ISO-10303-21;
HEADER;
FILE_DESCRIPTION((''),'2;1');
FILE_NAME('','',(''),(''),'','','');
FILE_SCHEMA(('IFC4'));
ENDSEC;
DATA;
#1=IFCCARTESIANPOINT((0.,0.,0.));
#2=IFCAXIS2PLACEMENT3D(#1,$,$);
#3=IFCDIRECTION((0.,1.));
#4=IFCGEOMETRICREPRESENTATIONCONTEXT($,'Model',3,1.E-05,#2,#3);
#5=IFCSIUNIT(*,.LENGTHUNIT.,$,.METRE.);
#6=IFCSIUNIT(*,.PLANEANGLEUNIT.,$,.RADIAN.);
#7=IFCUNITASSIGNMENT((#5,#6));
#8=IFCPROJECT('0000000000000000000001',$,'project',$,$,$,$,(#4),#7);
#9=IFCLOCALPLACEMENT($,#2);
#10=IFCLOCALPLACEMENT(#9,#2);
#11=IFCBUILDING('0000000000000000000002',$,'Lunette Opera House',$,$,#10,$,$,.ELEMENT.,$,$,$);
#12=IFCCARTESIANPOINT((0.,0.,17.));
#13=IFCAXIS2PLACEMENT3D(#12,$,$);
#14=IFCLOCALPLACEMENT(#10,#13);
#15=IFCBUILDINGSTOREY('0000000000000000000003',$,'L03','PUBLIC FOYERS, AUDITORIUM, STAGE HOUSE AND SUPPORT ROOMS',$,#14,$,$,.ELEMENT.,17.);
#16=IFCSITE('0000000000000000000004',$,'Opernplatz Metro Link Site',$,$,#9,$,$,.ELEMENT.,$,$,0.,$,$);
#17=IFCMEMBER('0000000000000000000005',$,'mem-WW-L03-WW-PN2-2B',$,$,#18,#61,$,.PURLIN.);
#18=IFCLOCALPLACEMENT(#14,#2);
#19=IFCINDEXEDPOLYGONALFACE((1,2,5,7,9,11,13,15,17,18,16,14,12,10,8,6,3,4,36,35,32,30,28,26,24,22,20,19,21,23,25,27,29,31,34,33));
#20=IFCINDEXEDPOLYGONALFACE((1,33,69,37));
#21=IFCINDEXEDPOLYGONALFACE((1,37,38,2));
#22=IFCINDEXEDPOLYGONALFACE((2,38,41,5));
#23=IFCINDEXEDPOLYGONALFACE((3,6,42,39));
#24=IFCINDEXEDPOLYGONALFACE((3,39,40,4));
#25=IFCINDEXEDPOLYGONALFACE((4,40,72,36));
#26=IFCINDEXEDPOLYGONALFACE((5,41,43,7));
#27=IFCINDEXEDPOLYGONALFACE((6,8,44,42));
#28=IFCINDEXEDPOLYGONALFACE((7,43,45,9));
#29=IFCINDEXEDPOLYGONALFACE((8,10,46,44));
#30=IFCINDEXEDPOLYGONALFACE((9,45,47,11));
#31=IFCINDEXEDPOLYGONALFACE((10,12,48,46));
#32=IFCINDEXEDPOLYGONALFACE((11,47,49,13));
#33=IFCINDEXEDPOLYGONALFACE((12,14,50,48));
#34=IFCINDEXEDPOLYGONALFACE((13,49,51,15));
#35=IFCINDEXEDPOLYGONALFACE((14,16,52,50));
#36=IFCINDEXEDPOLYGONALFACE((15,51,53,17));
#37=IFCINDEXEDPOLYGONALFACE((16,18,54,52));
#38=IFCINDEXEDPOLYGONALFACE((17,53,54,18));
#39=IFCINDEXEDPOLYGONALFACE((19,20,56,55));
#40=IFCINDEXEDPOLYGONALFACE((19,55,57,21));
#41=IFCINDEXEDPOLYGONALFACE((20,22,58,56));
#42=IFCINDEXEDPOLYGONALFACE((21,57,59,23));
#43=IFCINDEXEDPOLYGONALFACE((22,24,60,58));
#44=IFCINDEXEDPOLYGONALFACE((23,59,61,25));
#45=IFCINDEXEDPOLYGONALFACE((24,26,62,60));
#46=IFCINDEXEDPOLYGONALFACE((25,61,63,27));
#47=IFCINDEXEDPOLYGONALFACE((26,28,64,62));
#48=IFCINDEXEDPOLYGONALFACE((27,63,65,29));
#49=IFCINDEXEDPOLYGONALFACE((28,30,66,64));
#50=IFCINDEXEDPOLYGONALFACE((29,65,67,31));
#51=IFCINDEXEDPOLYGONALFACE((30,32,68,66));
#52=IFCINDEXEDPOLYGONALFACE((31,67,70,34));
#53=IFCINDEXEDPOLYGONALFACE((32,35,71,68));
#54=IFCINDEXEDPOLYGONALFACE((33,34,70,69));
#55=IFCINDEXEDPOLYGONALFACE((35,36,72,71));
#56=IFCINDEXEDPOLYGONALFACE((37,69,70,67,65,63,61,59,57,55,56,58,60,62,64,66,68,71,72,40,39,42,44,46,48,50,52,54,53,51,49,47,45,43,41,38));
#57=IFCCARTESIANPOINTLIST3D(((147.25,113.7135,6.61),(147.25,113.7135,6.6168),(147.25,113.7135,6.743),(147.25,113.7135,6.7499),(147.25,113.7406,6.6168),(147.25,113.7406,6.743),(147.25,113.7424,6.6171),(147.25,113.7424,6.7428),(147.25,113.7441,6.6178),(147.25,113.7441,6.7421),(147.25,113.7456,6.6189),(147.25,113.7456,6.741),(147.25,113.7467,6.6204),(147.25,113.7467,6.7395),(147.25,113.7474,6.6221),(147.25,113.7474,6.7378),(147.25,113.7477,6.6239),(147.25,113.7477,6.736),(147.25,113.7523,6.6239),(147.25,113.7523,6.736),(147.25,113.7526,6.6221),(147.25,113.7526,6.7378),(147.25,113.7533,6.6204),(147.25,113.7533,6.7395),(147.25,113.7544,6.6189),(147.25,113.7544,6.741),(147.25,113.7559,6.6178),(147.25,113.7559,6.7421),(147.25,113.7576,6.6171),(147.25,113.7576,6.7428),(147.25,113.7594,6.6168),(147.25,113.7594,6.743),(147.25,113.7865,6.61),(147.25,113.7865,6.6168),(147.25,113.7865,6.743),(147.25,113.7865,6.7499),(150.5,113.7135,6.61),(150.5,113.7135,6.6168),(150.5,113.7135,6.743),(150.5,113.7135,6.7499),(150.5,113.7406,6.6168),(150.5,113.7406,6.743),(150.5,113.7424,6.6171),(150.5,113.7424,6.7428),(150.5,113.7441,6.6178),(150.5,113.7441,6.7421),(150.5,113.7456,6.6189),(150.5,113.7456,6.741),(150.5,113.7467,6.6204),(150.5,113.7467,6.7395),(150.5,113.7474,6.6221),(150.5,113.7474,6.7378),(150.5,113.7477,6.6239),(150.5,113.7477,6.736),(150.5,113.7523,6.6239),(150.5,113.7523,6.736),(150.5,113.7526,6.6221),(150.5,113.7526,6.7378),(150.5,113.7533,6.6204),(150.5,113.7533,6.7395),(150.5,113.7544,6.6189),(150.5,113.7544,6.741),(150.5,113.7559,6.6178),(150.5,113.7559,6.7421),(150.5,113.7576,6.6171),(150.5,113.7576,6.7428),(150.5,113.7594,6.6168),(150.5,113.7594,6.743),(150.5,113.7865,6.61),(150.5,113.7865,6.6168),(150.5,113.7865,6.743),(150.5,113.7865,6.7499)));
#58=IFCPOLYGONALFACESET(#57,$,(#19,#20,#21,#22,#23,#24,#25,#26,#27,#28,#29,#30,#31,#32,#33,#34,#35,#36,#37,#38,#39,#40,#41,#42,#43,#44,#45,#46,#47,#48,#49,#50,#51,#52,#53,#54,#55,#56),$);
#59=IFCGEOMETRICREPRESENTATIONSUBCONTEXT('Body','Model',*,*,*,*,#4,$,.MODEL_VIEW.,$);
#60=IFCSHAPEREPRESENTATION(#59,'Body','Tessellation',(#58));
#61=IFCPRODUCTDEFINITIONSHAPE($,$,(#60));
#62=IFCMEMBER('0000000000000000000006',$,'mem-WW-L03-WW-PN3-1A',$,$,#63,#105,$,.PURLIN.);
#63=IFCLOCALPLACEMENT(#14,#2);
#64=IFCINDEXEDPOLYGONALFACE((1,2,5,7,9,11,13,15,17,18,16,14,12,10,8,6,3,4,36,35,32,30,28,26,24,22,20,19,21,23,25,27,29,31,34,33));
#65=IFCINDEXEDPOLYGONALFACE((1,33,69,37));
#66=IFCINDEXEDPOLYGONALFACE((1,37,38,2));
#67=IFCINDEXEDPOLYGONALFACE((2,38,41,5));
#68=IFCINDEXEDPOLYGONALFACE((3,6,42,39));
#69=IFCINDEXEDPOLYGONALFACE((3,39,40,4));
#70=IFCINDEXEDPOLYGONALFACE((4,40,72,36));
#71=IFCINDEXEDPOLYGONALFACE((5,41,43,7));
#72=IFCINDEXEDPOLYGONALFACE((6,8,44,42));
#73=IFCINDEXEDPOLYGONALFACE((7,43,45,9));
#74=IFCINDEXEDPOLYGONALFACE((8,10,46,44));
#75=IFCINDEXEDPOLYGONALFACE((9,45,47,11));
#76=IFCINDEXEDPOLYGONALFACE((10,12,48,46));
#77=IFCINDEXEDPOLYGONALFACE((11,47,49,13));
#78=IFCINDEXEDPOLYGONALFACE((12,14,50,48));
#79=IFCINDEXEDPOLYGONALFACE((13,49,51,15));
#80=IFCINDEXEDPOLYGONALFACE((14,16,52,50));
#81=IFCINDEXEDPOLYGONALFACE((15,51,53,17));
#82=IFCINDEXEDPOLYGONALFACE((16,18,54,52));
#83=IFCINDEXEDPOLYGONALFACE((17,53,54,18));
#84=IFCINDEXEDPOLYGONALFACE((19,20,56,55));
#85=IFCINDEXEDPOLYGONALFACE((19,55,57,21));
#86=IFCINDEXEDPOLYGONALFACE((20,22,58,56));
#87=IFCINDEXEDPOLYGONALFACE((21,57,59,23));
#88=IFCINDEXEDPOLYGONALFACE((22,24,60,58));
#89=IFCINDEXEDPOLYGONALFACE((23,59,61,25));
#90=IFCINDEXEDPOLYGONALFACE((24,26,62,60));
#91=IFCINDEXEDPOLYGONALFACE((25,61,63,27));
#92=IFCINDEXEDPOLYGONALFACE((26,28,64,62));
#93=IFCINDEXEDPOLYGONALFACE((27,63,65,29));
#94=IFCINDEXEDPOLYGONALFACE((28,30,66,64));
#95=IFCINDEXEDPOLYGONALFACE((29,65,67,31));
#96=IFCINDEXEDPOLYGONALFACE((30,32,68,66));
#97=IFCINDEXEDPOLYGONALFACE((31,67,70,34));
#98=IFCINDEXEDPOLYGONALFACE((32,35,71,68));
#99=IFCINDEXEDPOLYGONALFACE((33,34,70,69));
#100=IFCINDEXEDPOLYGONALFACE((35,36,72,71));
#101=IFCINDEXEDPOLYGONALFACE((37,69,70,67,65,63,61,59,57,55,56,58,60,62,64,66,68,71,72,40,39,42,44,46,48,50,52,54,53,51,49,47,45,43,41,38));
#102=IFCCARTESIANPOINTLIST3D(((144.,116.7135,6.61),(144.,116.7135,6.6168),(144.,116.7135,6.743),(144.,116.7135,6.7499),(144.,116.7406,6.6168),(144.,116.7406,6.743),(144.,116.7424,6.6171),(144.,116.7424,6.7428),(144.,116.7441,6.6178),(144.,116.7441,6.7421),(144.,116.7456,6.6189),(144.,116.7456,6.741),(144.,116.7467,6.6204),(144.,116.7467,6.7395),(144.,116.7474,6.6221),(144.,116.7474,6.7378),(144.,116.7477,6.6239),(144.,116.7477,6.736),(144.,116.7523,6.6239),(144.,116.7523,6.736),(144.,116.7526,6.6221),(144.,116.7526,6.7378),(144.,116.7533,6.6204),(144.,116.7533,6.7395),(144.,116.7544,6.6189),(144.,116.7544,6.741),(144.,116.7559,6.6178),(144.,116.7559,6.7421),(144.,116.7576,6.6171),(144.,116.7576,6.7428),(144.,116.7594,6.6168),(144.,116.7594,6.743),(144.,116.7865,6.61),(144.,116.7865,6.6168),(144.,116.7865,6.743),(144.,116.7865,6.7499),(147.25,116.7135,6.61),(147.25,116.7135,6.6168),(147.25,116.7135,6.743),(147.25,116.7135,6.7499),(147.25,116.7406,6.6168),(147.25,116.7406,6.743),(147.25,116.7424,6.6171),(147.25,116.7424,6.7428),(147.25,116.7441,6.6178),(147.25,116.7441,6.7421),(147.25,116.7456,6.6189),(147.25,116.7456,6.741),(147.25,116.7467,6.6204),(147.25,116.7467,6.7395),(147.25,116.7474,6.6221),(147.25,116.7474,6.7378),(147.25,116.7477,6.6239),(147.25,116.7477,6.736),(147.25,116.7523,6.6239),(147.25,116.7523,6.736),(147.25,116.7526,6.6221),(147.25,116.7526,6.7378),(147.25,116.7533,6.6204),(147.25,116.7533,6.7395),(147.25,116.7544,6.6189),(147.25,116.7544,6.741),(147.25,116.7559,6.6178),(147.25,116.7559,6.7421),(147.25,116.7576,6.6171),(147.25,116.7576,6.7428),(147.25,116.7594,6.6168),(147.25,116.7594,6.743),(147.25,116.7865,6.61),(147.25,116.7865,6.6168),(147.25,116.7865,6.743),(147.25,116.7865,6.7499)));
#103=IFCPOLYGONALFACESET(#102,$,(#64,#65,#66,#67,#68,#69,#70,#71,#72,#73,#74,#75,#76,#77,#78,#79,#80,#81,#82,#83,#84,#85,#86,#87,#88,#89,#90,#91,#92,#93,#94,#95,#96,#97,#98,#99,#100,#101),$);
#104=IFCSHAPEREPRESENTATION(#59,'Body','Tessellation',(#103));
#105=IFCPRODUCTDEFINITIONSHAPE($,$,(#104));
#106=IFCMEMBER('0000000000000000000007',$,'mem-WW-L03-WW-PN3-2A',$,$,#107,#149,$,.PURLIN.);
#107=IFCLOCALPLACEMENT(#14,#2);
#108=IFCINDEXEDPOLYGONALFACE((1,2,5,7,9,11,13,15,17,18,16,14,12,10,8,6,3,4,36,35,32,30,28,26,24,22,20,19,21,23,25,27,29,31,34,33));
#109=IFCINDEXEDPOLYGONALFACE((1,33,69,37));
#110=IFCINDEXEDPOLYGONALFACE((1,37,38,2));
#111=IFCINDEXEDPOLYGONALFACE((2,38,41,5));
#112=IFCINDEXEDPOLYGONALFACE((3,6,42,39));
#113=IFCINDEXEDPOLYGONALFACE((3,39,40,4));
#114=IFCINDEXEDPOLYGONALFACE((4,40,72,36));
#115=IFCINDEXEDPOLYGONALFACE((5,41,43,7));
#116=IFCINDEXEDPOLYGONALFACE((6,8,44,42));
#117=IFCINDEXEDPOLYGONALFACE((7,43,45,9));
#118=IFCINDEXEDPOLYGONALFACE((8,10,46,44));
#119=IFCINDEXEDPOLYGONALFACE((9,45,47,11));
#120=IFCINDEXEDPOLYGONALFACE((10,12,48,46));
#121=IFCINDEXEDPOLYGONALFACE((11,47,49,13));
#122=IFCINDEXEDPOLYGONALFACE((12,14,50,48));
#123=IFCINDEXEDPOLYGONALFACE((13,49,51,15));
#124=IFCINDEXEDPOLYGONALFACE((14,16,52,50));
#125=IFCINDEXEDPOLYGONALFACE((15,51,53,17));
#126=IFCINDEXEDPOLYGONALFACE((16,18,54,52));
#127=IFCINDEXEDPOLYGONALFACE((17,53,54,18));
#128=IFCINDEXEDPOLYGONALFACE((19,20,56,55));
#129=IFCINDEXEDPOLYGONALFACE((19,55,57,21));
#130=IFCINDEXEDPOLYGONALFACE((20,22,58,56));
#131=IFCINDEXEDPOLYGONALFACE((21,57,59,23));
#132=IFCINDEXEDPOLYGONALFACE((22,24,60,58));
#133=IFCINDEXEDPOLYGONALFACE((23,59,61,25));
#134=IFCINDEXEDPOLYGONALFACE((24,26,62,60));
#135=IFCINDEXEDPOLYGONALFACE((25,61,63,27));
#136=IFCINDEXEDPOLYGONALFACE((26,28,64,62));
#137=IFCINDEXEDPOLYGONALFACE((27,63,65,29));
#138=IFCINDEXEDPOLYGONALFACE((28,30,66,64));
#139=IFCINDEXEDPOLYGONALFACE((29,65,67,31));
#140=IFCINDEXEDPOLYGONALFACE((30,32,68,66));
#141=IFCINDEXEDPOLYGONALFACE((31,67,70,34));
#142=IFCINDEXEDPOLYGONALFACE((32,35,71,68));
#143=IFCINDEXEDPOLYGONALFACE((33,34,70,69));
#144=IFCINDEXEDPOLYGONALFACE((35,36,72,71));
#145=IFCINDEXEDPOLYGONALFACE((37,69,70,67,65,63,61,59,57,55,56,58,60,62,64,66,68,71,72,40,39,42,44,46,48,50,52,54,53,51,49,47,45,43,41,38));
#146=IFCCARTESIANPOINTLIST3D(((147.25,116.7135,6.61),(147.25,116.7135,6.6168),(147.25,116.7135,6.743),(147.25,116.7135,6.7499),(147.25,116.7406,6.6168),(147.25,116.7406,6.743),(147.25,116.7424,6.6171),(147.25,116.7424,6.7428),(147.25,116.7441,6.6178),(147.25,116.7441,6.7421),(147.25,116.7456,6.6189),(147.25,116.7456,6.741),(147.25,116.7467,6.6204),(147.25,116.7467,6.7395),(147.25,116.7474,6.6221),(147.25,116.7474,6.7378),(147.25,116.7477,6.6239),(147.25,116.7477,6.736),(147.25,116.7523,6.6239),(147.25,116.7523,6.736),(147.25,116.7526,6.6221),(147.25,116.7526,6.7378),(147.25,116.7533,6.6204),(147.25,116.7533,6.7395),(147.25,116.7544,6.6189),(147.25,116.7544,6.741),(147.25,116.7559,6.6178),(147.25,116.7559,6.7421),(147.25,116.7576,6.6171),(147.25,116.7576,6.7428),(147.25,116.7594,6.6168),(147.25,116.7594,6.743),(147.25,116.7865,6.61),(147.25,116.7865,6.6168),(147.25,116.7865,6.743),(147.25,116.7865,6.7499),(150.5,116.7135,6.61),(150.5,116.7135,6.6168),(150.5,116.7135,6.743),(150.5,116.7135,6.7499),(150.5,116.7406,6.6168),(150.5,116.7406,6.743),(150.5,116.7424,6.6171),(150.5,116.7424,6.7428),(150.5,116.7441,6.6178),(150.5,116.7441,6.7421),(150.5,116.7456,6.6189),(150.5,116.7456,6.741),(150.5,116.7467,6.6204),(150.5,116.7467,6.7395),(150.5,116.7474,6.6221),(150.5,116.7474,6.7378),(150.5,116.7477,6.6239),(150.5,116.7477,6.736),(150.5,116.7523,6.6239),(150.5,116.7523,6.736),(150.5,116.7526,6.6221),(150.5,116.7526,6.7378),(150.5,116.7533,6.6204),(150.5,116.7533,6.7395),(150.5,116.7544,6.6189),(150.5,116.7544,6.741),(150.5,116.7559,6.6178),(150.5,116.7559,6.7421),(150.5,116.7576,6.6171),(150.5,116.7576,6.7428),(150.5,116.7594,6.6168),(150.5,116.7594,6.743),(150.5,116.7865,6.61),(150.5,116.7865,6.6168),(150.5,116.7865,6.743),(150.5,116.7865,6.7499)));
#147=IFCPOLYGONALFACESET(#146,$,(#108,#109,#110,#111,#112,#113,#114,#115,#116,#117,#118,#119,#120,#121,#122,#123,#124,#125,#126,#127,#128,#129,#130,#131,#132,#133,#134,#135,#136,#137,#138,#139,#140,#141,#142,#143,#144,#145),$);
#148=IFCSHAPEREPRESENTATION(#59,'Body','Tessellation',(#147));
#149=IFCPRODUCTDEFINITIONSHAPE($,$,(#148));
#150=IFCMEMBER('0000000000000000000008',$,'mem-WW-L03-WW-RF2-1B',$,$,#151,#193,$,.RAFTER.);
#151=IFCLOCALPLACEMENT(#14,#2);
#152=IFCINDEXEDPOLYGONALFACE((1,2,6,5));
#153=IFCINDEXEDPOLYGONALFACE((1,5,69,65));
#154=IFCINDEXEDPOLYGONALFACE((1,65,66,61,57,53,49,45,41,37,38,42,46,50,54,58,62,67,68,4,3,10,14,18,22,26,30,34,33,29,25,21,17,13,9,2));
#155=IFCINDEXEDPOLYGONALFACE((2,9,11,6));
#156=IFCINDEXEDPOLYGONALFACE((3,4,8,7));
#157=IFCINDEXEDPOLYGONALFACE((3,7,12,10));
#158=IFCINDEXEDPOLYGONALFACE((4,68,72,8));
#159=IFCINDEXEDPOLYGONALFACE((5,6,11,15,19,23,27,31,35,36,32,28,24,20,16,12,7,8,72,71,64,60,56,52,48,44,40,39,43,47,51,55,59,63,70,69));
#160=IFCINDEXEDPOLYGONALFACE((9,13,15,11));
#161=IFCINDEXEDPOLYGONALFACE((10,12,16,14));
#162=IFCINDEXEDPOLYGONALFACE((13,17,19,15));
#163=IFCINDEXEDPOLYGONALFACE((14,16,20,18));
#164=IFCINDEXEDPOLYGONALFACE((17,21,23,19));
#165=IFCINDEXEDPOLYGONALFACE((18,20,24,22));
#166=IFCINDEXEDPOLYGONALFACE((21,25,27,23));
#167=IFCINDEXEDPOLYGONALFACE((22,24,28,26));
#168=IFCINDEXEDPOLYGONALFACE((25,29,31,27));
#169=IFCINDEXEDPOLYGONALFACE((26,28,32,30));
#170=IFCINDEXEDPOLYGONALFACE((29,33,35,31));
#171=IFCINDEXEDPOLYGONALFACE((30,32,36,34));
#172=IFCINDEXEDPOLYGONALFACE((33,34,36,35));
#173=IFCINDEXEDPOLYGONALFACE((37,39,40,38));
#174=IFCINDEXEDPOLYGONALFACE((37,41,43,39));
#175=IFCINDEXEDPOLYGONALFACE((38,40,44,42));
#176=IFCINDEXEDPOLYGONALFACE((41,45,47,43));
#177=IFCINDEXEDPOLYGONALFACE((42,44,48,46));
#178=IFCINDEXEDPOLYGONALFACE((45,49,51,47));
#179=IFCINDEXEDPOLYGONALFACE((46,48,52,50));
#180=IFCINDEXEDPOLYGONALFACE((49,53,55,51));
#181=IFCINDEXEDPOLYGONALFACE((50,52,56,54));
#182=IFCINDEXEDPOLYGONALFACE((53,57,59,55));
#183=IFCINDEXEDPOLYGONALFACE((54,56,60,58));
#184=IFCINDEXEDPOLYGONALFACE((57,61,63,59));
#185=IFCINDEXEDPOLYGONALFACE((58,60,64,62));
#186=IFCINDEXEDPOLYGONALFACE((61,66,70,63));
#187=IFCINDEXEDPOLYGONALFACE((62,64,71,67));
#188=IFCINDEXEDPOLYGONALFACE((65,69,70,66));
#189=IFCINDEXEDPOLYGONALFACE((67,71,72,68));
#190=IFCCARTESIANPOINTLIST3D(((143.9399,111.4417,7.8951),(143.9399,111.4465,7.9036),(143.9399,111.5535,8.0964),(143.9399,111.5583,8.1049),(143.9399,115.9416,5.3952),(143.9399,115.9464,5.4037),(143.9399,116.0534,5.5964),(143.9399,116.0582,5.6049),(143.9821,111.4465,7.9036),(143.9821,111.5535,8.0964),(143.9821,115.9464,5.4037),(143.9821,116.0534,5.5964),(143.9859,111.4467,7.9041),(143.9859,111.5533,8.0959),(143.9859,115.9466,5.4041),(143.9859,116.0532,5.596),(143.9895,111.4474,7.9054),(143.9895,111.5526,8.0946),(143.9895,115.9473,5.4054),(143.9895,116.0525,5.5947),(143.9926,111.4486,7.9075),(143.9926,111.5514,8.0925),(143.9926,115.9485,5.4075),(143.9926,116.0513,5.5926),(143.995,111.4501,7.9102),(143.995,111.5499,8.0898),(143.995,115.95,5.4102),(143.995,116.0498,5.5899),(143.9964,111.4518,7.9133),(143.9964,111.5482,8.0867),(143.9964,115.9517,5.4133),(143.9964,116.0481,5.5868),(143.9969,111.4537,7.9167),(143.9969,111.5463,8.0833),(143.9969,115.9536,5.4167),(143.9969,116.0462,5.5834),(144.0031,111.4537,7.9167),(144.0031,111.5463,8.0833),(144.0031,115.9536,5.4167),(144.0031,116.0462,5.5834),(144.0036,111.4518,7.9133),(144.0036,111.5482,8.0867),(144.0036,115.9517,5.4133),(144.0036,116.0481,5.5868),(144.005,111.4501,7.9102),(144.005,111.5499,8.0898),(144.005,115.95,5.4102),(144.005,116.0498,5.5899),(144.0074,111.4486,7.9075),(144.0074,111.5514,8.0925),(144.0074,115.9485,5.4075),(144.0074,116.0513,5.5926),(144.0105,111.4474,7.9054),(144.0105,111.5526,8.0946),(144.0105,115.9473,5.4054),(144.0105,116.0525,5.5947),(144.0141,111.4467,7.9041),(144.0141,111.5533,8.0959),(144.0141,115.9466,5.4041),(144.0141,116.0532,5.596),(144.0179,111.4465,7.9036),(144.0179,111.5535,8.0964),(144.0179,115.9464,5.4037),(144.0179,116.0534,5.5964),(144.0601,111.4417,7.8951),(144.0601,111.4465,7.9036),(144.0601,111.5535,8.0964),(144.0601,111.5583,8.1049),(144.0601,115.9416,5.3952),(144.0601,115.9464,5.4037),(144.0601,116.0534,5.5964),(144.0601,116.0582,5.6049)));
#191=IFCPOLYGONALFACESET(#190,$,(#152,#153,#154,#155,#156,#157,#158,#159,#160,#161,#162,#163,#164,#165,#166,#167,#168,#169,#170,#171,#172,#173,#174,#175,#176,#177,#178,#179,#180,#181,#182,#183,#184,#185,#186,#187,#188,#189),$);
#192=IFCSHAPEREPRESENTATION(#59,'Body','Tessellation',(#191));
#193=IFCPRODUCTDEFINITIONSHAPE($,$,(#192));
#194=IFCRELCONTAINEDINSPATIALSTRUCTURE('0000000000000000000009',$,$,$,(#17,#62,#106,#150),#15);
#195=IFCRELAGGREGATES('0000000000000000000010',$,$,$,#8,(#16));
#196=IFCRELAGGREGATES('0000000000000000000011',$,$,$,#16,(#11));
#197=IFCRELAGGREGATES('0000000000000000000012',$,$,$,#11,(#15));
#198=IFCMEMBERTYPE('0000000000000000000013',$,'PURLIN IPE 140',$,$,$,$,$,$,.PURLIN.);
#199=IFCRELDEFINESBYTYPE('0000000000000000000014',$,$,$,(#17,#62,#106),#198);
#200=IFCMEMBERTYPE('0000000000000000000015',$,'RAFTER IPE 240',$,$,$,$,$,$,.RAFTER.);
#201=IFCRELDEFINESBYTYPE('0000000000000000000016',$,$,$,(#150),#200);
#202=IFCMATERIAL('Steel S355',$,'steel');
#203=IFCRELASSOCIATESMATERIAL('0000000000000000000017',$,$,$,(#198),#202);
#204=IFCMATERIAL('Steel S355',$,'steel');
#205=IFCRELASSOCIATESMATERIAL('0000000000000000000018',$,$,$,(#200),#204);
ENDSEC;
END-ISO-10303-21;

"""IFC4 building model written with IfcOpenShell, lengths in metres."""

from ifc_helpers import new_model, si_unit, direction, frame, origin, origin_2d, place, context, subcontext, project, spatial, i_section, extrude, material, material_profile, profile_set, type_object, element, save


model = new_model("IFC4")

# Units and contexts
model_context = context("Model", 3, precision=1e-05, world=origin(), true_north=direction((0.0, 1.0)))
body_context = subcontext(model_context, "Body", "Model", "MODEL_VIEW")
ifc_project = project(units=[si_unit("LENGTHUNIT", "METRE"), si_unit("PLANEANGLEUNIT", "RADIAN")], contexts=[model_context])

# Site, building, storey
site_placement = place(None, origin())
site = spatial("IfcSite", under=ifc_project, at=site_placement, Name="Opernplatz Metro Link Site", CompositionType="ELEMENT", RefElevation=0.0)
building_placement = place(site_placement, origin())
building = spatial("IfcBuilding", under=site, at=building_placement, Name="Lunette Opera House", CompositionType="ELEMENT")
storey_placement = place(building_placement, frame((0.0, 0.0, 17.0)))
storey = spatial("IfcBuildingStorey", under=building, at=storey_placement, Name="L03", Description="PUBLIC FOYERS, AUDITORIUM, STAGE HOUSE AND SUPPORT ROOMS", CompositionType="ELEMENT", Elevation=17.0)

# Members
ifc_material_1 = material(Name="Steel S355", Category="steel")
ifc_material_profile_1 = material_profile(ifc_material_1, i_section(OverallWidth=0.073, OverallDepth=0.1399, WebThickness=0.0046, FlangeThickness=0.0068, FilletRadius=0.0071, at=origin_2d()), Name="IPE 140")
ifc_profile_set_1 = profile_set([ifc_material_profile_1], Name="Steel S355")
member_type_1 = type_object("IfcMemberType", Name="PURLIN IPE 140", PredefinedType="PURLIN", material=ifc_profile_set_1)
for number, where, z_axis, x_axis, name in (
    (1, (147.25, 113.75, 6.6799), (1.0, 0.0, 0.0), (0.0, 1.0, 0.0), "mem-WW-L03-WW-PN2-2B"),
    (2, (144.0, 116.75, 6.6799), (1.0, 0.0, 0.0), (0.0, 1.0, 0.0), "mem-WW-L03-WW-PN3-1A"),
    (3, (147.25, 116.75, 6.6799), (1.0, 0.0, 0.0), (0.0, 1.0, 0.0), "mem-WW-L03-WW-PN3-2A"),
):
    element("IfcMember", number, at=place(storey_placement, frame(where, z_axis=z_axis, x_axis=x_axis)), inside=storey, type_object=member_type_1, Name=name, PredefinedType="PURLIN", context=body_context, shape_type="SweptSolid", body=[
        extrude(i_section(OverallWidth=0.073, OverallDepth=0.1399, WebThickness=0.0046, FlangeThickness=0.0068, FilletRadius=0.0071, at=origin_2d()), origin(), (0.0, 0.0, 1.0), 3.25),
    ])
ifc_material_2 = material(Name="Steel S355", Category="steel")
ifc_material_profile_2 = material_profile(ifc_material_2, i_section(OverallWidth=0.1201, OverallDepth=0.24, WebThickness=0.0061, FlangeThickness=0.0098, FilletRadius=0.0149, at=origin_2d()), Name="IPE 240")
ifc_profile_set_2 = profile_set([ifc_material_profile_2], Name="Steel S355")
member_type_2 = type_object("IfcMemberType", Name="RAFTER IPE 240", PredefinedType="RAFTER", material=ifc_profile_set_2)
for number, where, z_axis, x_axis, name in (
    (4, (144.0, 111.5, 8.0), (0.0, 0.874157, -0.485643), (-1.0, 0.0, 0.0), "mem-WW-L03-WW-RF2-1B"),
):
    element("IfcMember", number, at=place(storey_placement, frame(where, z_axis=z_axis, x_axis=x_axis)), inside=storey, type_object=member_type_2, Name=name, PredefinedType="RAFTER", context=body_context, shape_type="SweptSolid", body=[
        extrude(i_section(OverallWidth=0.1201, OverallDepth=0.24, WebThickness=0.0061, FlangeThickness=0.0098, FilletRadius=0.0149, at=origin_2d()), origin(), (0.0, 0.0, 1.0), 5.1477),
    ])

save(model, "model.ifc")
